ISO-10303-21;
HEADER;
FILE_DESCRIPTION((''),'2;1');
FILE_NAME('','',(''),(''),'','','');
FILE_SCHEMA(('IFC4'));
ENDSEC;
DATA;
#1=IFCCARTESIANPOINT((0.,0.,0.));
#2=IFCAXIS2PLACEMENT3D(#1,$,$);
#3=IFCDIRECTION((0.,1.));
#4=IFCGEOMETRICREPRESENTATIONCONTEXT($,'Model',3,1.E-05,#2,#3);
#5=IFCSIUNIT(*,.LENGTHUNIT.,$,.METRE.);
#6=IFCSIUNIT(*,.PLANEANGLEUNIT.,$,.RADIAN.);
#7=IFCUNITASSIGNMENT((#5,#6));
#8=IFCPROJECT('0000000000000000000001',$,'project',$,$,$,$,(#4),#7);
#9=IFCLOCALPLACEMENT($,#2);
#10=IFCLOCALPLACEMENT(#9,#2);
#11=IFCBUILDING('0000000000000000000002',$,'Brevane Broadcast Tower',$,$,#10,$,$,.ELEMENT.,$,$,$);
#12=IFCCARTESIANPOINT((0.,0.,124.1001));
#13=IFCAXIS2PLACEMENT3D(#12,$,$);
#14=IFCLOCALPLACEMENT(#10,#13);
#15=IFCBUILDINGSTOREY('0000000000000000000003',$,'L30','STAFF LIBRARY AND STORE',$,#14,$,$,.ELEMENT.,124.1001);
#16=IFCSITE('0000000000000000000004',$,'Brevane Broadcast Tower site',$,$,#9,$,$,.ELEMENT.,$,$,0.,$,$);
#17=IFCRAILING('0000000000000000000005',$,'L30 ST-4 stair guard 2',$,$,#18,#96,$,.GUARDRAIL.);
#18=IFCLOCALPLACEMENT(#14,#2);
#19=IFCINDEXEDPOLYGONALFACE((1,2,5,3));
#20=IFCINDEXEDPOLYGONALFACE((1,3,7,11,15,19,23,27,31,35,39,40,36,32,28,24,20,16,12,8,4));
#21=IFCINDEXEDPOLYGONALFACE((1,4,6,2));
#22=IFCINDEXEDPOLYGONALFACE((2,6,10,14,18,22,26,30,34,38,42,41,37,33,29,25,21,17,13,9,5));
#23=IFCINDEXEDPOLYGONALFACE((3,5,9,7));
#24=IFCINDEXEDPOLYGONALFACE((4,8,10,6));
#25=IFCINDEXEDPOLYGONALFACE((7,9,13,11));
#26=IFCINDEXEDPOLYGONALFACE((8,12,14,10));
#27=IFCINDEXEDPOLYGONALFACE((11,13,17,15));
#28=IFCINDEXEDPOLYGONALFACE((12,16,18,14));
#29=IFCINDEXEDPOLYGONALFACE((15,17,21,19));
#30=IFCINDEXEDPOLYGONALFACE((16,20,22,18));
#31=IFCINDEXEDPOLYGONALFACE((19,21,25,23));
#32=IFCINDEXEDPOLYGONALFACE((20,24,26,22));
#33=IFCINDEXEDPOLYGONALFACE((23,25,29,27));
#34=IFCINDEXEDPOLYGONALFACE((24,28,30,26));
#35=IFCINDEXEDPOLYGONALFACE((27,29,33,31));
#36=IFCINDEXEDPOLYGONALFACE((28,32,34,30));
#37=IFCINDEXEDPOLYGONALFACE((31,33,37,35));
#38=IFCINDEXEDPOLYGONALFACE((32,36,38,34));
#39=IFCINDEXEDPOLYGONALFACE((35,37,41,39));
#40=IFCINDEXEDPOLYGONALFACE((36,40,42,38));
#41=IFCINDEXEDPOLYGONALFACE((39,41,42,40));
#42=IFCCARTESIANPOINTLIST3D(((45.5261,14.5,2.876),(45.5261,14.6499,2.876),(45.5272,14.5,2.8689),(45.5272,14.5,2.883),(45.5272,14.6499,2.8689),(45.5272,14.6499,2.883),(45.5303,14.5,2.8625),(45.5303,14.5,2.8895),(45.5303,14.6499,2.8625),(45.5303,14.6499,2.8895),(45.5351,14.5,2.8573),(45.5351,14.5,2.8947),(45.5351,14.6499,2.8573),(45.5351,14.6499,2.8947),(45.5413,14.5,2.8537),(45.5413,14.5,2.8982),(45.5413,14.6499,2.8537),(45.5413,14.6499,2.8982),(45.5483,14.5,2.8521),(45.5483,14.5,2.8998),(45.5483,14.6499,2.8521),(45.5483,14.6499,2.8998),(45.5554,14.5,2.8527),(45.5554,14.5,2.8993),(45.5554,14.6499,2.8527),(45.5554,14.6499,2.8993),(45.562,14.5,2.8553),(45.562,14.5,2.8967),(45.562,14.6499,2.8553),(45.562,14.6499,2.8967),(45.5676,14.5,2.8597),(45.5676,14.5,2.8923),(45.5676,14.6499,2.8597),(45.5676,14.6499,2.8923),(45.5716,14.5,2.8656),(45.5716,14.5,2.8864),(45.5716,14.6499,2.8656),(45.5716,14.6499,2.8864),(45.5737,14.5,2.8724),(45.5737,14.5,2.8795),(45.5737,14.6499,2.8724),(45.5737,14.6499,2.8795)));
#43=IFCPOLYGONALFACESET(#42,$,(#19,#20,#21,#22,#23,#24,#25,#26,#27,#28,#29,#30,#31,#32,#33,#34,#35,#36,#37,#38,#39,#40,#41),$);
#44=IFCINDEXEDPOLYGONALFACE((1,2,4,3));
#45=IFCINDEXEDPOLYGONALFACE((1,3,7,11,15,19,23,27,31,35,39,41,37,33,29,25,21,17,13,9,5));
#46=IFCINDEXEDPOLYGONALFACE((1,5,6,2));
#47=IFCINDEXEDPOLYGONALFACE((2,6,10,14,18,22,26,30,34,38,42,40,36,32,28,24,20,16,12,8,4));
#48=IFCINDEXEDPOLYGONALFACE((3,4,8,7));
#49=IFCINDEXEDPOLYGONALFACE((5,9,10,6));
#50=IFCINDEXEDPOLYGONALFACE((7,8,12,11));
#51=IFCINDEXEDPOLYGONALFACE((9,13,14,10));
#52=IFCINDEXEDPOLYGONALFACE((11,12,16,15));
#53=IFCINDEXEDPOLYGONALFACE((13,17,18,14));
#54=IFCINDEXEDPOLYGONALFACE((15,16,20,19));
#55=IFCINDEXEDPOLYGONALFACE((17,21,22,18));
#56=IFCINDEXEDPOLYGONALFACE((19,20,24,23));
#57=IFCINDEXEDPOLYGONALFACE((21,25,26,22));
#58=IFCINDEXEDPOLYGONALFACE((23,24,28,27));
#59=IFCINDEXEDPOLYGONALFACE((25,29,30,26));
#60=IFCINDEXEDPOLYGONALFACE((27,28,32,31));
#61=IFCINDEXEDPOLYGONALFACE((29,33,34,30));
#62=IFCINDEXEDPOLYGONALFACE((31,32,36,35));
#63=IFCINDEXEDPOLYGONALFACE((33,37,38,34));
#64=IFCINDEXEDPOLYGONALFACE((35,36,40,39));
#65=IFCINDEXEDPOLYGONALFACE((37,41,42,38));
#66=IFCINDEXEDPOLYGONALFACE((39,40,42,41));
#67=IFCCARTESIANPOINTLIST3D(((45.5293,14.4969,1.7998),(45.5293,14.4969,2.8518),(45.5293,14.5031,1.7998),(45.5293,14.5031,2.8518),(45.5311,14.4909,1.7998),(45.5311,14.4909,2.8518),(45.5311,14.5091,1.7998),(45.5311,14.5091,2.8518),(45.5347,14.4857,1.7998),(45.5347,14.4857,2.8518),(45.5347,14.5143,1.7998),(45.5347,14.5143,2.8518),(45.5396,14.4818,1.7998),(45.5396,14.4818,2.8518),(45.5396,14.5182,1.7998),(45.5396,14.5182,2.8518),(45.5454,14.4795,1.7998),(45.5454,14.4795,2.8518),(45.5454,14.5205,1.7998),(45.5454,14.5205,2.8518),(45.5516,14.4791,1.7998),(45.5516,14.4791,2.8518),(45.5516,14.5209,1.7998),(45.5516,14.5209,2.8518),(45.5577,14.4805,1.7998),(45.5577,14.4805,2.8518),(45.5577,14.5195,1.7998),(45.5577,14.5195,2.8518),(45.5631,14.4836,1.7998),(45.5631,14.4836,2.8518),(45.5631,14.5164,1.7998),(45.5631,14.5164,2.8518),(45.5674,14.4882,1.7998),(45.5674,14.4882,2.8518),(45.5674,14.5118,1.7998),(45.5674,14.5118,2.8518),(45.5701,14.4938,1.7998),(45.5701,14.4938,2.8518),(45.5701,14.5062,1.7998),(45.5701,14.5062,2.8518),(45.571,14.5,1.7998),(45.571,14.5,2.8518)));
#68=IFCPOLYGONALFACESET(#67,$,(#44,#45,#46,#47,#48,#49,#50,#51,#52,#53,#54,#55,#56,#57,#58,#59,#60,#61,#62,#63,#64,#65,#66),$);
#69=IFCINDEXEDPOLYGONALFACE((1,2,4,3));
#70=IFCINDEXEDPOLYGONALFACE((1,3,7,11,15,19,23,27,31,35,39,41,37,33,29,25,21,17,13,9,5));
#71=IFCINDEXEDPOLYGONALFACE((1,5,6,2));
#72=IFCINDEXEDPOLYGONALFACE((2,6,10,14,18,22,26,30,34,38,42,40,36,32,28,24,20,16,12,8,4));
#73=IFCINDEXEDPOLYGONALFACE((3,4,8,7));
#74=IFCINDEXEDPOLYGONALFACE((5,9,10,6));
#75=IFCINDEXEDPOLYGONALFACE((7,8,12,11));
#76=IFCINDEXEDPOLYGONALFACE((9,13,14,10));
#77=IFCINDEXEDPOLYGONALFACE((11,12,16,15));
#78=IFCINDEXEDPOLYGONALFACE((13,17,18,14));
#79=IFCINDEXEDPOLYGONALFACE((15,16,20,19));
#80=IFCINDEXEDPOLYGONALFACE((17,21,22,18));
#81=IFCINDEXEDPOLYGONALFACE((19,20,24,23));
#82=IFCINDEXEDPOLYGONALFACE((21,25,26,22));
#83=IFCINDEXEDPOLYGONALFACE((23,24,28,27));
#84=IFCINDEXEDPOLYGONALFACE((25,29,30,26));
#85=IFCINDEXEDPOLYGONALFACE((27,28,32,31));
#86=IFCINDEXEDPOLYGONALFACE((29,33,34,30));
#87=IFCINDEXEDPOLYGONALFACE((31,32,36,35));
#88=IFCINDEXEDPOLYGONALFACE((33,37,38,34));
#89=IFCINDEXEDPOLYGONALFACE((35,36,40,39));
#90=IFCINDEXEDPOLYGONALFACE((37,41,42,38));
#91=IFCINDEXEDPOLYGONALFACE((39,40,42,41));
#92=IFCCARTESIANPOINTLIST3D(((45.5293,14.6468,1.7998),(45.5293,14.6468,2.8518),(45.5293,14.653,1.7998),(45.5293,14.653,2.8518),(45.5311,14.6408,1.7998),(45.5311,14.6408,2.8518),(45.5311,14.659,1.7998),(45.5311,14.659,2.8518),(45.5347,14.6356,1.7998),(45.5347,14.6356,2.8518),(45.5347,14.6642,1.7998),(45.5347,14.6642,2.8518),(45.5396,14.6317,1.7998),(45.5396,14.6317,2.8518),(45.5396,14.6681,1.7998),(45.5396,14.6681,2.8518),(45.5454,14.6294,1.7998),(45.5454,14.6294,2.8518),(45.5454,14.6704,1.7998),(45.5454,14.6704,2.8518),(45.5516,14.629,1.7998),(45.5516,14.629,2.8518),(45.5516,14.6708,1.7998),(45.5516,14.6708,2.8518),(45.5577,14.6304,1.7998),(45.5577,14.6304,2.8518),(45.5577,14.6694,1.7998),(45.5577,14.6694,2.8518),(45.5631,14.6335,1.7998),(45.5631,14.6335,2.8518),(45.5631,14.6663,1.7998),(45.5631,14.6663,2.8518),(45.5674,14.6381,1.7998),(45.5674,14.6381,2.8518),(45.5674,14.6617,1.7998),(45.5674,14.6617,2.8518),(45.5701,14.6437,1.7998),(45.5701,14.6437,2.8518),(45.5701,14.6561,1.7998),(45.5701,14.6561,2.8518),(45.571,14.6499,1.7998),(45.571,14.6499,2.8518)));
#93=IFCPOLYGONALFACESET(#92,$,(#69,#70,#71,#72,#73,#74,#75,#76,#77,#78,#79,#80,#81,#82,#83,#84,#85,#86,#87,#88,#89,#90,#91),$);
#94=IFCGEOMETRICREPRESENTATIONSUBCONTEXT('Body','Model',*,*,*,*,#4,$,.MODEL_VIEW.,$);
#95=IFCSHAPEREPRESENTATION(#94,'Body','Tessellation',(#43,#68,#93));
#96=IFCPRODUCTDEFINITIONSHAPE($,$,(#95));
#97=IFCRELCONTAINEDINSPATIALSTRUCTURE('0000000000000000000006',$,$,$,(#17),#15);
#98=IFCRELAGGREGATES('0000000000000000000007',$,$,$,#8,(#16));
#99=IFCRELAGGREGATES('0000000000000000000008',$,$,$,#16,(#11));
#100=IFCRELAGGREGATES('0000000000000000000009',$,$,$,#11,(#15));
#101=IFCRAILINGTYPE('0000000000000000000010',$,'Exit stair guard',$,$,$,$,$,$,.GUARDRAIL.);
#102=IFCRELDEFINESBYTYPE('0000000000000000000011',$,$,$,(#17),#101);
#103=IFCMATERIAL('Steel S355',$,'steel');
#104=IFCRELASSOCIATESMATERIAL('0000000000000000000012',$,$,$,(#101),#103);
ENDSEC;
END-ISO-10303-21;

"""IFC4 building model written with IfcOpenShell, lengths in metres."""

from ifc_helpers import new_model, si_unit, direction, frame, origin, origin_2d, place, context, subcontext, project, spatial, circle, extrude, material, type_object, element, save


model = new_model("IFC4")

# Units and contexts
model_context = context("Model", 3, precision=1e-05, world=origin(), true_north=direction((0.0, 1.0)))
body_context = subcontext(model_context, "Body", "Model", "MODEL_VIEW")
ifc_project = project(units=[si_unit("LENGTHUNIT", "METRE"), si_unit("PLANEANGLEUNIT", "RADIAN")], contexts=[model_context])

# Site, building, storey
site_placement = place(None, origin())
site = spatial("IfcSite", under=ifc_project, at=site_placement, Name="Brevane Broadcast Tower site", CompositionType="ELEMENT", RefElevation=0.0)
building_placement = place(site_placement, origin())
building = spatial("IfcBuilding", under=site, at=building_placement, Name="Brevane Broadcast Tower", CompositionType="ELEMENT")
storey_placement = place(building_placement, frame((0.0, 0.0, 124.1001)))
storey = spatial("IfcBuildingStorey", under=building, at=storey_placement, Name="L30", Description="STAFF LIBRARY AND STORE", CompositionType="ELEMENT", Elevation=124.1001)

# Railing
ifc_material_1 = material(Name="Steel S355", Category="steel")
railing_type_1 = type_object("IfcRailingType", Name="Exit stair guard", PredefinedType="GUARDRAIL", material=ifc_material_1)
railing_1_placement = place(storey_placement, frame((45.55, 14.5, 1.7998)))
element("IfcRailing", 1, at=railing_1_placement, inside=storey, type_object=railing_type_1, Name="L30 ST-4 stair guard 2", PredefinedType="GUARDRAIL", context=body_context, shape_type="SweptSolid", body=[
    extrude(circle(Radius=0.0239, at=origin_2d()), frame((0.0, 0.0, 1.0762), z_axis=(0.0, 1.0, 0.0), x_axis=(-1.0, 0.0, 0.0)), (0.0, 0.0, 1.0), 0.1499),
    extrude(circle(Radius=0.021, at=origin_2d()), origin(), (0.0, 0.0, 1.0), 1.052),
    extrude(circle(Radius=0.021, at=origin_2d()), frame((0.0, 0.1499, 0.0)), (0.0, 0.0, 1.0), 1.052),
])

save(model, "model.ifc")
